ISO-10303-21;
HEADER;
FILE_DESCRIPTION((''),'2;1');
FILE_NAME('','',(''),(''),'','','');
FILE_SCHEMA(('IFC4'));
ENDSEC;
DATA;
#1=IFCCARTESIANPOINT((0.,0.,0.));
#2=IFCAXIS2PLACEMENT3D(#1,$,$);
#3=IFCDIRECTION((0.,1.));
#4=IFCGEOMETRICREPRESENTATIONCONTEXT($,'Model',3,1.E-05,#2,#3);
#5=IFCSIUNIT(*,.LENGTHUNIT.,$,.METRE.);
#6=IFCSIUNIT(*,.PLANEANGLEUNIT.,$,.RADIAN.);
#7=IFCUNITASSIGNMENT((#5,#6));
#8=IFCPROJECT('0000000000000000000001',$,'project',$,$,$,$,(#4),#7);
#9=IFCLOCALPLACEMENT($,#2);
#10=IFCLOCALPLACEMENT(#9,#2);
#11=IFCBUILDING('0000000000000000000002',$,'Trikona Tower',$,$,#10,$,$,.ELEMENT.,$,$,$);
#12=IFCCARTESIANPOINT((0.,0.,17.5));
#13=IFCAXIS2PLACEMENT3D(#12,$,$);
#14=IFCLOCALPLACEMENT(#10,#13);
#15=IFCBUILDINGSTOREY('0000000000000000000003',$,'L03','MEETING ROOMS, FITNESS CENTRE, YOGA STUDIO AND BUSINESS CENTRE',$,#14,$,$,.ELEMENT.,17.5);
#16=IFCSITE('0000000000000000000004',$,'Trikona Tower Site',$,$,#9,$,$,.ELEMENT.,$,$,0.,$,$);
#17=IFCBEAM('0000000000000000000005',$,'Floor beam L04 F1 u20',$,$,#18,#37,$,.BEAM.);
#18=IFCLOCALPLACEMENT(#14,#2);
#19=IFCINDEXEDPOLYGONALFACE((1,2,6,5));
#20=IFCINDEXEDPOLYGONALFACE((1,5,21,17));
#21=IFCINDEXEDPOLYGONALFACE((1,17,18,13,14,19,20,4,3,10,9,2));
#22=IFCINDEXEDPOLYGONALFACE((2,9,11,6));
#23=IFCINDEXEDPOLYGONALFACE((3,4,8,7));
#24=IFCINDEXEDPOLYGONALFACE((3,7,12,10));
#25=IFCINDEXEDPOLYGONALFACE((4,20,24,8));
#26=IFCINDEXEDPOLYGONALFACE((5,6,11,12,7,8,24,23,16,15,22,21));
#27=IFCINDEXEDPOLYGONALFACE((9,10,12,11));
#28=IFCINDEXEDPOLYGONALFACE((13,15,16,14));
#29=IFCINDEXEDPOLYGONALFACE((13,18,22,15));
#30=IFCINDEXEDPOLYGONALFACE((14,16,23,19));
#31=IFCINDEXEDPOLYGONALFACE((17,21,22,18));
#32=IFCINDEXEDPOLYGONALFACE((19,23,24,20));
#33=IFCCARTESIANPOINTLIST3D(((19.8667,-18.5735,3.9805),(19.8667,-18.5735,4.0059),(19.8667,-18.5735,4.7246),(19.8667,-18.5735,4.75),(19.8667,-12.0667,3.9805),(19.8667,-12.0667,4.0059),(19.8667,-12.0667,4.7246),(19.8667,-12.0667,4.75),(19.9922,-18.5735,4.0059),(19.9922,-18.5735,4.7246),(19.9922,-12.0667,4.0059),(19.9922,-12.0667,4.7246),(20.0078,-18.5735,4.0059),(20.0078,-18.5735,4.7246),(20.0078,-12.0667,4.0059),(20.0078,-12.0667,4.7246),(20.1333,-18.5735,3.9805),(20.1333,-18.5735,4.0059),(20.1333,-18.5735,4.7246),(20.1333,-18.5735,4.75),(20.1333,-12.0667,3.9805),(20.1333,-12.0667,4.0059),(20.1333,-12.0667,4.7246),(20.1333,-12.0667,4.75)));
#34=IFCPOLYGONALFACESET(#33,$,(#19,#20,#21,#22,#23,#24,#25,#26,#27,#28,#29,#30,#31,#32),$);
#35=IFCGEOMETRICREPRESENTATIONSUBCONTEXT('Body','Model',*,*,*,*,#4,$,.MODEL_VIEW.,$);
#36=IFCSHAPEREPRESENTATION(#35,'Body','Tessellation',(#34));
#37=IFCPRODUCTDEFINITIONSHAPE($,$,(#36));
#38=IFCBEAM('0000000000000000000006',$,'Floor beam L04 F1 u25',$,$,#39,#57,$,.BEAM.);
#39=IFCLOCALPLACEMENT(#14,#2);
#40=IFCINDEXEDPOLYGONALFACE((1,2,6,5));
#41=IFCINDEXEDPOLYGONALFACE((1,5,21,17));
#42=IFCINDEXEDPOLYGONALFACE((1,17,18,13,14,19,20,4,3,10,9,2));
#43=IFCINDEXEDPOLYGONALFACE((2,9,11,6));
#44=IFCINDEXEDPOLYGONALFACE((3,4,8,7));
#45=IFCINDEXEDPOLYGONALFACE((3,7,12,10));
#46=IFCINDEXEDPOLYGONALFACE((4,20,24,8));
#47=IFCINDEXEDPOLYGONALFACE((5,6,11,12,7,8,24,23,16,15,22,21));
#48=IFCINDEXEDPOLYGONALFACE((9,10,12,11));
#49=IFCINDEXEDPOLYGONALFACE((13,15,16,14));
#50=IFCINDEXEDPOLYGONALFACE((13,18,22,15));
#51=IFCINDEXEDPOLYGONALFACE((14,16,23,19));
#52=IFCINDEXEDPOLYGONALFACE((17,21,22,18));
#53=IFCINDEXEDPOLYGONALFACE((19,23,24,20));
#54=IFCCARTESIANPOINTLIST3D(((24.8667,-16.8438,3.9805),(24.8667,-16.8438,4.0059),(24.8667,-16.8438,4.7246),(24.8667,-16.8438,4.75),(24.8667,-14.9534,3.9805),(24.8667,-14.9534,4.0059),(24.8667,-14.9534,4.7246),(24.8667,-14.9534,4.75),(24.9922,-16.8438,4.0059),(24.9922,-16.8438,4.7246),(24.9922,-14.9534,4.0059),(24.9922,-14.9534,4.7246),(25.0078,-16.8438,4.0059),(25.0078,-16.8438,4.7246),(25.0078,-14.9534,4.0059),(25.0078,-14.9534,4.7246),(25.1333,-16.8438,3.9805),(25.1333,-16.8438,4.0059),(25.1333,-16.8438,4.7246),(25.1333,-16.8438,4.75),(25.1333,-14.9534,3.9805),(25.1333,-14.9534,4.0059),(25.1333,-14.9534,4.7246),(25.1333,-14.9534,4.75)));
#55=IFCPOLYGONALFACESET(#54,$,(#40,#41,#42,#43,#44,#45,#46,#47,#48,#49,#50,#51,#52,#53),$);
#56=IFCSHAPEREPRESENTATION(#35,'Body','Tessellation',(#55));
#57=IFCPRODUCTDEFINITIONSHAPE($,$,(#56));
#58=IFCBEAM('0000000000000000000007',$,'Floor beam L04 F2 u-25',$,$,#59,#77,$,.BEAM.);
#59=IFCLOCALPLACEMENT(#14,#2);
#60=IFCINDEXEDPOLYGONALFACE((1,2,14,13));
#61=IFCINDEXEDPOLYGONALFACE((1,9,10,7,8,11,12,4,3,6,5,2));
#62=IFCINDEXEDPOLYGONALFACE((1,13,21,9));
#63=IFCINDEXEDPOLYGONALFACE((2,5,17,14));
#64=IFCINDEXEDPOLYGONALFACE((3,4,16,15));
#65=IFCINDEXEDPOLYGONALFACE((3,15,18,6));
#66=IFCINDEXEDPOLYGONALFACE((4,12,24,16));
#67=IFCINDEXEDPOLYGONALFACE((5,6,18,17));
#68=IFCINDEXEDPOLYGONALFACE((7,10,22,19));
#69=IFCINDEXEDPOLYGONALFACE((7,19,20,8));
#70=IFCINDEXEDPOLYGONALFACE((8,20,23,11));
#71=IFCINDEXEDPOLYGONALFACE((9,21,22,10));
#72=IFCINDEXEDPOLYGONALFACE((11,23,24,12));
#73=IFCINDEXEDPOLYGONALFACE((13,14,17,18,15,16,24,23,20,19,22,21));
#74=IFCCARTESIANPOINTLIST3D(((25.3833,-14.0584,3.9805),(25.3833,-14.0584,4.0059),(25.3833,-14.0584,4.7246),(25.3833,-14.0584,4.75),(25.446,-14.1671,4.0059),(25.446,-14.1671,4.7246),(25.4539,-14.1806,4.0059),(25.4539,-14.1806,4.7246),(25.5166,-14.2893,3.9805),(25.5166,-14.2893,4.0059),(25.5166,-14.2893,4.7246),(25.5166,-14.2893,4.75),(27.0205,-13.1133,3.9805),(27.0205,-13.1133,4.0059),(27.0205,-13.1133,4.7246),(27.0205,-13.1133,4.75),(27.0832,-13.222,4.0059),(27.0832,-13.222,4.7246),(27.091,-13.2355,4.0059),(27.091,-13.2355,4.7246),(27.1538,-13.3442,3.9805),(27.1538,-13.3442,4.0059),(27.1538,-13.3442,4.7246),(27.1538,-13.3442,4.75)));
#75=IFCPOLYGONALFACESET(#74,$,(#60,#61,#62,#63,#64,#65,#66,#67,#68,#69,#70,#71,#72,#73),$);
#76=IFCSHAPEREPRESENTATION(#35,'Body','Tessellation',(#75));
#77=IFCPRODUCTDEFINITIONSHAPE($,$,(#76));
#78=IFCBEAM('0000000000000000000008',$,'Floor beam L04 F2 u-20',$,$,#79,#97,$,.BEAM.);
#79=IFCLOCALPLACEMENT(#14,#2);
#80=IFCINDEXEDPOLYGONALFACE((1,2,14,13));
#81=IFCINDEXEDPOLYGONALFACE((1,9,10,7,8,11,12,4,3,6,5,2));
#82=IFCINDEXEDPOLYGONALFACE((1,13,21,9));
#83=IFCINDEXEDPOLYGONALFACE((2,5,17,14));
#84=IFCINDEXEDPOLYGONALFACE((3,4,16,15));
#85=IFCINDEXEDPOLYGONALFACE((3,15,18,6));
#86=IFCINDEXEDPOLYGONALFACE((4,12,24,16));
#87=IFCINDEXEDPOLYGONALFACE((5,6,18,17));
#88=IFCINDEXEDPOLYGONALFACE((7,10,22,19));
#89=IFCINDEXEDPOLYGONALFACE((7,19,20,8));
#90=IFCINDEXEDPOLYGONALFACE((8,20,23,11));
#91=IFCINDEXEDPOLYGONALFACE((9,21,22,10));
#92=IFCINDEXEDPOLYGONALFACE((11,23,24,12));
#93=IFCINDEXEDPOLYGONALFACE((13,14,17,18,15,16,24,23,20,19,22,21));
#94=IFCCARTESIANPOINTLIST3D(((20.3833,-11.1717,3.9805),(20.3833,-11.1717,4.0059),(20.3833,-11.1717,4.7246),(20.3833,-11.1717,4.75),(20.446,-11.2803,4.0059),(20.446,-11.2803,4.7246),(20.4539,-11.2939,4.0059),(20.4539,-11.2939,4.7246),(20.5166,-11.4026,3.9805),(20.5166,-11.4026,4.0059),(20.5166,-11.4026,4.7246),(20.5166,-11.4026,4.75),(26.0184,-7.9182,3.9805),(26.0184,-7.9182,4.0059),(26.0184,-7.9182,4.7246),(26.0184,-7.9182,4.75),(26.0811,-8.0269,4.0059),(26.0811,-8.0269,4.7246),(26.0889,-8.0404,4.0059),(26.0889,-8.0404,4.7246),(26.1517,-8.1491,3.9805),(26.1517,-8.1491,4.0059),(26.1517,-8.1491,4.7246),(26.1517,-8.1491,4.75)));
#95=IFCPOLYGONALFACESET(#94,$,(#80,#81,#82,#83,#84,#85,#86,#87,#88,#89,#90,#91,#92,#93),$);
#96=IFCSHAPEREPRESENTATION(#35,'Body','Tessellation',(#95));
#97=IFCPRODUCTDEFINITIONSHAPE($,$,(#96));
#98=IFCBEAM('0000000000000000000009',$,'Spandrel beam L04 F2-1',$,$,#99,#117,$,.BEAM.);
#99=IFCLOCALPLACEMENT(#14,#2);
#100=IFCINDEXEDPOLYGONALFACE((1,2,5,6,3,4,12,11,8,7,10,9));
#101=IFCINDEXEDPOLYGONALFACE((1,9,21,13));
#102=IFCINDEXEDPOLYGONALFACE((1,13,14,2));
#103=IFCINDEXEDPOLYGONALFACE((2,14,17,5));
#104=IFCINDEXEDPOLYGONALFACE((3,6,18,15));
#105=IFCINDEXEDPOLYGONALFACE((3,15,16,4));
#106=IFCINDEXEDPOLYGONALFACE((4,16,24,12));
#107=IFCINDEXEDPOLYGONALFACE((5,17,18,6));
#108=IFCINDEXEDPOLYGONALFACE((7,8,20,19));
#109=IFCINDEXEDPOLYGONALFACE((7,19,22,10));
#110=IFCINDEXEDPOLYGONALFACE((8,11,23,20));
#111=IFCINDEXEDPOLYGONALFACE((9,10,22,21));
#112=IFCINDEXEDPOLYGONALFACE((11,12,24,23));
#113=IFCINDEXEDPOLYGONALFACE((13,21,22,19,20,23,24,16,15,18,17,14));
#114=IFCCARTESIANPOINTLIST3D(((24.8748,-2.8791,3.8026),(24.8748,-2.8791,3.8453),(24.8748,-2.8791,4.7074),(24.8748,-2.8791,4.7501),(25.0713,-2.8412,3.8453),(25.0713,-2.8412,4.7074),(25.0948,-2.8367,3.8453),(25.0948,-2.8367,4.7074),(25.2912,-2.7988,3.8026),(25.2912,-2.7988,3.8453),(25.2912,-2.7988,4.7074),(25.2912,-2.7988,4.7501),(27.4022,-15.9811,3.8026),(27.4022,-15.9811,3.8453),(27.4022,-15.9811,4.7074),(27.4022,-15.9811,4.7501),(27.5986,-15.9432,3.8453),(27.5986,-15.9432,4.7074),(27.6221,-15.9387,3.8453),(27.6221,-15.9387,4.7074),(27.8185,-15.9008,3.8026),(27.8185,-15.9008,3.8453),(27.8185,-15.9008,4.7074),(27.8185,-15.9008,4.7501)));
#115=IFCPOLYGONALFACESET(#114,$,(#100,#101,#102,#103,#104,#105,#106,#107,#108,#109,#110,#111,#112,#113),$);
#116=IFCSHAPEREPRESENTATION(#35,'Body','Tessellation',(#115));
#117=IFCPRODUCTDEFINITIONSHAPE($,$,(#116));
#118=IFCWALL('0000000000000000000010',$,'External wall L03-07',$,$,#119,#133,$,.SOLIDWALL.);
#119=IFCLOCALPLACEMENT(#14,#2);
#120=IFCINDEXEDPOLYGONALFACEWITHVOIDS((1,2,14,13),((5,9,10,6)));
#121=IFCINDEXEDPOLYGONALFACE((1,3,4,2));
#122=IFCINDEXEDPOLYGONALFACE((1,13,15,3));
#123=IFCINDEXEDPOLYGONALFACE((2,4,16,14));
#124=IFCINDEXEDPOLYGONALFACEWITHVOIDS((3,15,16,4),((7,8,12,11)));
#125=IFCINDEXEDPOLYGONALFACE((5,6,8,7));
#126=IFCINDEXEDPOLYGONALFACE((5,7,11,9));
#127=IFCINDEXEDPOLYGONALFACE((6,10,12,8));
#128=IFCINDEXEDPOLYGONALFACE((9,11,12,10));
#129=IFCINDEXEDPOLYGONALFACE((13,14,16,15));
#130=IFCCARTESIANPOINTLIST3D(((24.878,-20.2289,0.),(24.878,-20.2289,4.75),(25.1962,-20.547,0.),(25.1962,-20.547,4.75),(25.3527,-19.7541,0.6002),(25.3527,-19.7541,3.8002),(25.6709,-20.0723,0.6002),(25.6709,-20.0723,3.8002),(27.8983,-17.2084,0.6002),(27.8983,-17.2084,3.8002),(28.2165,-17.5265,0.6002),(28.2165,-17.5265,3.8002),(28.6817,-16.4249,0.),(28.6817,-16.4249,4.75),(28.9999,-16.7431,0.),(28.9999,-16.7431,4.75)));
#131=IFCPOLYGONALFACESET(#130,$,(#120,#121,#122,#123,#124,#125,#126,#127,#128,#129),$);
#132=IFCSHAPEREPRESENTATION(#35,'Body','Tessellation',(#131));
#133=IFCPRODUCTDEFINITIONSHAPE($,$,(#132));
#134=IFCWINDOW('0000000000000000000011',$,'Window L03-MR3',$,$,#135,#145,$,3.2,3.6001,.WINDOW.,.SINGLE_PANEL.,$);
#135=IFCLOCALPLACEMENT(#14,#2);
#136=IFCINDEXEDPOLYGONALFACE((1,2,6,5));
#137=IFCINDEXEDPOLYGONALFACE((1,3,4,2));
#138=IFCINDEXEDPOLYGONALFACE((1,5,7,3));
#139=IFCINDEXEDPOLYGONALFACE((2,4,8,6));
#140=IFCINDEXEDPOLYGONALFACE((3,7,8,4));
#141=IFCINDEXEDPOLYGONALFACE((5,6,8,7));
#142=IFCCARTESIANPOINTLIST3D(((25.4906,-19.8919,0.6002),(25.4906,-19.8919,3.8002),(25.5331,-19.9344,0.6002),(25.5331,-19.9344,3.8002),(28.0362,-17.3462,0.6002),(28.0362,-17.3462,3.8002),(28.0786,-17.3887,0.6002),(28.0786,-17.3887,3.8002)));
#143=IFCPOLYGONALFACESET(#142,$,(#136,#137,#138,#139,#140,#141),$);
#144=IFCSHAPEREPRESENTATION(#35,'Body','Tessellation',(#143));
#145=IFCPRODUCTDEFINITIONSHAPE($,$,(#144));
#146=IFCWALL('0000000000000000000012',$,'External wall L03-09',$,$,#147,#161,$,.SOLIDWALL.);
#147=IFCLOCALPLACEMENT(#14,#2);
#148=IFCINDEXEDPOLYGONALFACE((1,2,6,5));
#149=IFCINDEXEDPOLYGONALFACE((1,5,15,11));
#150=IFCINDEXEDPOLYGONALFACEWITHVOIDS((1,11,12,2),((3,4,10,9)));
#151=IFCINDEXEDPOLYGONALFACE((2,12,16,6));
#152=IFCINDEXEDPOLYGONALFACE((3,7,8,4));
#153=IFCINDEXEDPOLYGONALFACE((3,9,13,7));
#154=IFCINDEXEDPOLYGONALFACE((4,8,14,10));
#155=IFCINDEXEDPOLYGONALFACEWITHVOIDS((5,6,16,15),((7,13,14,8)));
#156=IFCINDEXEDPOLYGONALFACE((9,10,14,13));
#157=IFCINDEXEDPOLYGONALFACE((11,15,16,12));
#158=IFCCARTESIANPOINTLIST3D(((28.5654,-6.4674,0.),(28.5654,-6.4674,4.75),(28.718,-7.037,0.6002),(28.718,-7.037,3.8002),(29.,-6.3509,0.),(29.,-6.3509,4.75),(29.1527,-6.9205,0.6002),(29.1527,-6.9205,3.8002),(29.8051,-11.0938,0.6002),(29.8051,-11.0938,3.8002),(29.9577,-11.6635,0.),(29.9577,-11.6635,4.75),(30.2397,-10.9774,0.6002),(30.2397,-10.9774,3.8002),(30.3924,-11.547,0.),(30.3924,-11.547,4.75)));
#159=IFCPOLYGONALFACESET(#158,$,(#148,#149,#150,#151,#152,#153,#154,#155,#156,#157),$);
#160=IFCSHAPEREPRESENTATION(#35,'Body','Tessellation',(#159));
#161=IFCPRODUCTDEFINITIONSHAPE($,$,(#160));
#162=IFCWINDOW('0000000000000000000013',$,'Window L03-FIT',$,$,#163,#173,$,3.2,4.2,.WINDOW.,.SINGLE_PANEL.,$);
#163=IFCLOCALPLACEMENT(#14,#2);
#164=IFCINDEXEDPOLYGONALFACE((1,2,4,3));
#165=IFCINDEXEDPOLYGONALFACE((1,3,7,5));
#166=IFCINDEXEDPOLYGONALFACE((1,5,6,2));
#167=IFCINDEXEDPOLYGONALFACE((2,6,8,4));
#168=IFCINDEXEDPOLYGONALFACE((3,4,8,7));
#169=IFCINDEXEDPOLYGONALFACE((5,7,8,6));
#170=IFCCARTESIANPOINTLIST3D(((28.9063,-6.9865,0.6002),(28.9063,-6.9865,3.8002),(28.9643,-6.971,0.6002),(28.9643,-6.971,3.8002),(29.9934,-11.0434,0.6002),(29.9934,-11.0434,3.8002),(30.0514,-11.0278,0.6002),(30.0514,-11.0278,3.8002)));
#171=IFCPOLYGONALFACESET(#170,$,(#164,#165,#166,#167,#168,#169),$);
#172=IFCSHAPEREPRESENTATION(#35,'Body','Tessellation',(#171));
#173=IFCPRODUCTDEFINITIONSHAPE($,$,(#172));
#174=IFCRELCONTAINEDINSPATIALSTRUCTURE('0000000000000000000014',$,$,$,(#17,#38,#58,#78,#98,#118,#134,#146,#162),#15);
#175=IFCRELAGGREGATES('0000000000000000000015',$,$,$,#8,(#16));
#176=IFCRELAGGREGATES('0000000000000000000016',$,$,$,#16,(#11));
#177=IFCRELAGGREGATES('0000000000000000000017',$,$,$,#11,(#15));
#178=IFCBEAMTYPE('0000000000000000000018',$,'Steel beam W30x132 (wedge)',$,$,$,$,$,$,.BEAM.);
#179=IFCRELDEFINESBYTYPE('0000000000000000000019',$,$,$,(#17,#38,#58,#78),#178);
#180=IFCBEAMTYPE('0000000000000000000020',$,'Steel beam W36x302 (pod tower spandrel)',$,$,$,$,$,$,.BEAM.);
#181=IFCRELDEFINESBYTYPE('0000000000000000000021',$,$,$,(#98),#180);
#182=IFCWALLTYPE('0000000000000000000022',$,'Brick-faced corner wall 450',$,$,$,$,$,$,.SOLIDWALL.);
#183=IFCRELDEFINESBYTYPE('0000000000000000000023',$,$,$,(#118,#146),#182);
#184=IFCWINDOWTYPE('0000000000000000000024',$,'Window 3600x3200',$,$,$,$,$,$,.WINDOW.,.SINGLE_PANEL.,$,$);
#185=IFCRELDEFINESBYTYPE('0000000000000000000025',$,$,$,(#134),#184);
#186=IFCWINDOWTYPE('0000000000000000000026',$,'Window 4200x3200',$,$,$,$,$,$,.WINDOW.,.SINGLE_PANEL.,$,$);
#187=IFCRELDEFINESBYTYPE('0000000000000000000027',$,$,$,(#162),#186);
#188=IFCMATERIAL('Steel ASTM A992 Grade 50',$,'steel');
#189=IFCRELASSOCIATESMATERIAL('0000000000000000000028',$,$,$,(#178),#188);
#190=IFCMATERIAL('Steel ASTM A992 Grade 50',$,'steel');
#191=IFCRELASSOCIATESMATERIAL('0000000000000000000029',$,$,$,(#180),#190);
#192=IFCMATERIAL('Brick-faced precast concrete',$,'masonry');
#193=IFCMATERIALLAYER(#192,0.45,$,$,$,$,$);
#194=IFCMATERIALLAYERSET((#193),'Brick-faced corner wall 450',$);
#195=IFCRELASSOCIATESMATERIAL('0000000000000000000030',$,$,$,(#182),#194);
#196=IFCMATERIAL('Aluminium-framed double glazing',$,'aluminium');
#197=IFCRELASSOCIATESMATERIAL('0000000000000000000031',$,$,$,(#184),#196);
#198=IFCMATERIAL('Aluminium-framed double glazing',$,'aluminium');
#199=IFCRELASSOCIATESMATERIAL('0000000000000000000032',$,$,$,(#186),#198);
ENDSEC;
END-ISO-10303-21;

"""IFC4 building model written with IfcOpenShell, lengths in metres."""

from ifc_helpers import new_model, si_unit, direction, frame, frame_2d, origin, origin_2d, place, context, subcontext, project, spatial, rectangle, i_section, extrude, material, layer, layer_set, material_profile, profile_set, type_object, element, fill, save


model = new_model("IFC4")

# Units and contexts
model_context = context("Model", 3, precision=1e-05, world=origin(), true_north=direction((0.0, 1.0)))
body_context = subcontext(model_context, "Body", "Model", "MODEL_VIEW")
ifc_project = project(units=[si_unit("LENGTHUNIT", "METRE"), si_unit("PLANEANGLEUNIT", "RADIAN")], contexts=[model_context])

# Site, building, storey
site_placement = place(None, origin())
site = spatial("IfcSite", under=ifc_project, at=site_placement, Name="Trikona Tower Site", CompositionType="ELEMENT", RefElevation=0.0)
building_placement = place(site_placement, origin())
building = spatial("IfcBuilding", under=site, at=building_placement, Name="Trikona Tower", CompositionType="ELEMENT")
storey_placement = place(building_placement, frame((0.0, 0.0, 17.5)))
storey = spatial("IfcBuildingStorey", under=building, at=storey_placement, Name="L03", Description="MEETING ROOMS, FITNESS CENTRE, YOGA STUDIO AND BUSINESS CENTRE", CompositionType="ELEMENT", Elevation=17.5)

# Beams
ifc_material_1 = material(Name="Steel ASTM A992 Grade 50", Category="steel")
ifc_material_profile_1 = material_profile(ifc_material_1, i_section(OverallWidth=0.2666, OverallDepth=0.7695, WebThickness=0.0156, FlangeThickness=0.0254, at=origin_2d()), Name="W30X132")
ifc_profile_set_1 = profile_set([ifc_material_profile_1], Name="Steel ASTM A992 Grade 50")
beam_type_1 = type_object("IfcBeamType", Name="Steel beam W30x132 (wedge)", PredefinedType="BEAM", material=ifc_profile_set_1)
beam_1_placement = place(storey_placement, frame((20.0, -12.0667, 4.3652), z_axis=(0.0, -1.0, 0.0), x_axis=(1.0, 0.0, 0.0)))
element("IfcBeam", 1, at=beam_1_placement, inside=storey, type_object=beam_type_1, Name="Floor beam L04 F1 u20", PredefinedType="BEAM", context=body_context, shape_type="SweptSolid", body=[
    extrude(i_section(OverallWidth=0.2666, OverallDepth=0.7695, WebThickness=0.0156, FlangeThickness=0.0254, at=origin_2d()), origin(), (0.0, 0.0, 1.0), 6.5068),
])
for number, where, z_axis, x_axis, name in (
    (2, (25.0, -14.9534, 4.3652), (0.0, -1.0, 0.0), (1.0, 0.0, 0.0), "Floor beam L04 F1 u25"),
    (3, (25.45, -14.1738, 4.3652), (0.866065, 0.499931, 0.0), (-0.499931, 0.866065, 0.0), "Floor beam L04 F2 u-25"),
):
    element("IfcBeam", number, at=place(storey_placement, frame(where, z_axis=z_axis, x_axis=x_axis)), inside=storey, type_object=beam_type_1, Name=name, PredefinedType="BEAM", context=body_context, shape_type="SweptSolid", body=[
        extrude(i_section(OverallWidth=0.2666, OverallDepth=0.7695, WebThickness=0.0156, FlangeThickness=0.0254, at=origin_2d()), origin(), (0.0, 0.0, 1.0), 1.8904),
    ])
beam_2_placement = place(storey_placement, frame((20.45, -11.2871, 4.3652), z_axis=(0.866023, 0.500005, 0.0), x_axis=(-0.500005, 0.866023, 0.0)))
element("IfcBeam", 4, at=beam_2_placement, inside=storey, type_object=beam_type_1, Name="Floor beam L04 F2 u-20", PredefinedType="BEAM", context=body_context, shape_type="SweptSolid", body=[
    extrude(i_section(OverallWidth=0.2666, OverallDepth=0.7695, WebThickness=0.0156, FlangeThickness=0.0254, at=origin_2d()), origin(), (0.0, 0.0, 1.0), 6.5068),
])
ifc_material_2 = material(Name="Steel ASTM A992 Grade 50", Category="steel")
ifc_material_profile_2 = material_profile(ifc_material_2, i_section(OverallWidth=0.4241, OverallDepth=0.9475, WebThickness=0.0239, FlangeThickness=0.0427, at=origin_2d()), Name="W36X302")
ifc_profile_set_2 = profile_set([ifc_material_profile_2], Name="Steel ASTM A992 Grade 50")
beam_type_2 = type_object("IfcBeamType", Name="Steel beam W36x302 (pod tower spandrel)", PredefinedType="BEAM", material=ifc_profile_set_2)
beam_3_placement = place(storey_placement, frame((27.6104, -15.9409, 4.2764), z_axis=(-0.189405, 0.981899, 0.0), x_axis=(-0.981899, -0.189405, 0.0)))
element("IfcBeam", 5, at=beam_3_placement, inside=storey, type_object=beam_type_2, Name="Spandrel beam L04 F2-1", PredefinedType="BEAM", context=body_context, shape_type="SweptSolid", body=[
    extrude(i_section(OverallWidth=0.4241, OverallDepth=0.9475, WebThickness=0.0239, FlangeThickness=0.0427, at=origin_2d()), origin(), (0.0, 0.0, 1.0), 13.3435),
])

# Wall, opening, window
ifc_material_3 = material(Name="Brick-faced precast concrete", Category="masonry")
ifc_layer_1 = layer(ifc_material_3, 0.45)
ifc_layer_set_1 = layer_set([ifc_layer_1], Name="Brick-faced corner wall 450")
wall_type_1 = type_object("IfcWallType", Name="Brick-faced corner wall 450", PredefinedType="SOLIDWALL", material=ifc_layer_set_1)
wall_1_placement = place(storey_placement, frame((25.0371, -20.3879, 0.0), z_axis=(0.0, 0.0, 1.0), x_axis=(0.707084, 0.707129, 0.0)))
wall_1 = element("IfcWall", 6, at=wall_1_placement, inside=storey, type_object=wall_type_1, Name="External wall L03-07", PredefinedType="SOLIDWALL", context=body_context, shape_type="SweptSolid", body=[
    extrude(rectangle(XDim=5.3794, YDim=0.45, at=frame_2d((2.6897, 0.0))), origin(), (0.0, 0.0, 1.0), 4.75),
])
opening_1_placement = place(wall_1_placement, frame((0.6714, 0.0, 0.6001)))
opening_1 = element("IfcOpeningElement", 7, at=opening_1_placement, cuts=wall_1, PredefinedType="OPENING", context=body_context, shape_type="SweptSolid", body=[
    extrude(rectangle(XDim=3.6001, YDim=3.2, at=frame_2d((1.8, 1.6001))), frame((0.0, 0.2349, 0.0), z_axis=(0.0, -1.0, 0.0), x_axis=(1.0, 0.0, 0.0)), (0.0, 0.0, 1.0), 0.47),
])
ifc_material_4 = material(Name="Aluminium-framed double glazing", Category="aluminium")
window_type_1 = type_object("IfcWindowType", Name="Window 3600x3200", PartitioningType="SINGLE_PANEL", PredefinedType="WINDOW", material=ifc_material_4)
window_1_placement = place(opening_1_placement, origin())
window_1 = element("IfcWindow", 8, at=window_1_placement, inside=storey, type_object=window_type_1, Name="Window L03-MR3", OverallHeight=3.2, OverallWidth=3.6001, PartitioningType="SINGLE_PANEL", PredefinedType="WINDOW", context=body_context, shape_type="SweptSolid", body=[
    extrude(rectangle(XDim=3.6001, YDim=3.2, at=frame_2d((1.8, 1.6001))), frame((0.0, 0.03, 0.0), z_axis=(0.0, -1.0, 0.0), x_axis=(1.0, 0.0, 0.0)), (0.0, 0.0, 1.0), 0.0601),
])
fill(opening_1, window_1)

# Wall, opening, window
wall_2_placement = place(storey_placement, frame((30.175, -11.6052, 0.0), z_axis=(0.0, 0.0, 1.0), x_axis=(-0.258829, 0.965923, 0.0)))
wall_2 = element("IfcWall", 9, at=wall_2_placement, inside=storey, type_object=wall_type_1, Name="External wall L03-09", PredefinedType="SOLIDWALL", context=body_context, shape_type="SweptSolid", body=[
    extrude(rectangle(XDim=5.3794, YDim=0.45, at=frame_2d((2.6897, 0.0))), origin(), (0.0, 0.0, 1.0), 4.75),
])
opening_2_placement = place(wall_2_placement, frame((0.5896, 0.0, 0.6001)))
opening_2 = element("IfcOpeningElement", 10, at=opening_2_placement, cuts=wall_2, PredefinedType="OPENING", context=body_context, shape_type="SweptSolid", body=[
    extrude(rectangle(XDim=4.2, YDim=3.2, at=frame_2d((2.1001, 1.6001))), frame((0.0, 0.2349, 0.0), z_axis=(0.0, -1.0, 0.0), x_axis=(1.0, 0.0, 0.0)), (0.0, 0.0, 1.0), 0.47),
])
ifc_material_5 = material(Name="Aluminium-framed double glazing", Category="aluminium")
window_type_2 = type_object("IfcWindowType", Name="Window 4200x3200", PartitioningType="SINGLE_PANEL", PredefinedType="WINDOW", material=ifc_material_5)
window_2_placement = place(opening_2_placement, origin())
window_2 = element("IfcWindow", 11, at=window_2_placement, inside=storey, type_object=window_type_2, Name="Window L03-FIT", OverallHeight=3.2, OverallWidth=4.2, PartitioningType="SINGLE_PANEL", PredefinedType="WINDOW", context=body_context, shape_type="SweptSolid", body=[
    extrude(rectangle(XDim=4.2, YDim=3.2, at=frame_2d((2.1001, 1.6001))), frame((0.0, 0.03, 0.0), z_axis=(0.0, -1.0, 0.0), x_axis=(1.0, 0.0, 0.0)), (0.0, 0.0, 1.0), 0.0601),
])
fill(opening_2, window_2)

save(model, "model.ifc")
